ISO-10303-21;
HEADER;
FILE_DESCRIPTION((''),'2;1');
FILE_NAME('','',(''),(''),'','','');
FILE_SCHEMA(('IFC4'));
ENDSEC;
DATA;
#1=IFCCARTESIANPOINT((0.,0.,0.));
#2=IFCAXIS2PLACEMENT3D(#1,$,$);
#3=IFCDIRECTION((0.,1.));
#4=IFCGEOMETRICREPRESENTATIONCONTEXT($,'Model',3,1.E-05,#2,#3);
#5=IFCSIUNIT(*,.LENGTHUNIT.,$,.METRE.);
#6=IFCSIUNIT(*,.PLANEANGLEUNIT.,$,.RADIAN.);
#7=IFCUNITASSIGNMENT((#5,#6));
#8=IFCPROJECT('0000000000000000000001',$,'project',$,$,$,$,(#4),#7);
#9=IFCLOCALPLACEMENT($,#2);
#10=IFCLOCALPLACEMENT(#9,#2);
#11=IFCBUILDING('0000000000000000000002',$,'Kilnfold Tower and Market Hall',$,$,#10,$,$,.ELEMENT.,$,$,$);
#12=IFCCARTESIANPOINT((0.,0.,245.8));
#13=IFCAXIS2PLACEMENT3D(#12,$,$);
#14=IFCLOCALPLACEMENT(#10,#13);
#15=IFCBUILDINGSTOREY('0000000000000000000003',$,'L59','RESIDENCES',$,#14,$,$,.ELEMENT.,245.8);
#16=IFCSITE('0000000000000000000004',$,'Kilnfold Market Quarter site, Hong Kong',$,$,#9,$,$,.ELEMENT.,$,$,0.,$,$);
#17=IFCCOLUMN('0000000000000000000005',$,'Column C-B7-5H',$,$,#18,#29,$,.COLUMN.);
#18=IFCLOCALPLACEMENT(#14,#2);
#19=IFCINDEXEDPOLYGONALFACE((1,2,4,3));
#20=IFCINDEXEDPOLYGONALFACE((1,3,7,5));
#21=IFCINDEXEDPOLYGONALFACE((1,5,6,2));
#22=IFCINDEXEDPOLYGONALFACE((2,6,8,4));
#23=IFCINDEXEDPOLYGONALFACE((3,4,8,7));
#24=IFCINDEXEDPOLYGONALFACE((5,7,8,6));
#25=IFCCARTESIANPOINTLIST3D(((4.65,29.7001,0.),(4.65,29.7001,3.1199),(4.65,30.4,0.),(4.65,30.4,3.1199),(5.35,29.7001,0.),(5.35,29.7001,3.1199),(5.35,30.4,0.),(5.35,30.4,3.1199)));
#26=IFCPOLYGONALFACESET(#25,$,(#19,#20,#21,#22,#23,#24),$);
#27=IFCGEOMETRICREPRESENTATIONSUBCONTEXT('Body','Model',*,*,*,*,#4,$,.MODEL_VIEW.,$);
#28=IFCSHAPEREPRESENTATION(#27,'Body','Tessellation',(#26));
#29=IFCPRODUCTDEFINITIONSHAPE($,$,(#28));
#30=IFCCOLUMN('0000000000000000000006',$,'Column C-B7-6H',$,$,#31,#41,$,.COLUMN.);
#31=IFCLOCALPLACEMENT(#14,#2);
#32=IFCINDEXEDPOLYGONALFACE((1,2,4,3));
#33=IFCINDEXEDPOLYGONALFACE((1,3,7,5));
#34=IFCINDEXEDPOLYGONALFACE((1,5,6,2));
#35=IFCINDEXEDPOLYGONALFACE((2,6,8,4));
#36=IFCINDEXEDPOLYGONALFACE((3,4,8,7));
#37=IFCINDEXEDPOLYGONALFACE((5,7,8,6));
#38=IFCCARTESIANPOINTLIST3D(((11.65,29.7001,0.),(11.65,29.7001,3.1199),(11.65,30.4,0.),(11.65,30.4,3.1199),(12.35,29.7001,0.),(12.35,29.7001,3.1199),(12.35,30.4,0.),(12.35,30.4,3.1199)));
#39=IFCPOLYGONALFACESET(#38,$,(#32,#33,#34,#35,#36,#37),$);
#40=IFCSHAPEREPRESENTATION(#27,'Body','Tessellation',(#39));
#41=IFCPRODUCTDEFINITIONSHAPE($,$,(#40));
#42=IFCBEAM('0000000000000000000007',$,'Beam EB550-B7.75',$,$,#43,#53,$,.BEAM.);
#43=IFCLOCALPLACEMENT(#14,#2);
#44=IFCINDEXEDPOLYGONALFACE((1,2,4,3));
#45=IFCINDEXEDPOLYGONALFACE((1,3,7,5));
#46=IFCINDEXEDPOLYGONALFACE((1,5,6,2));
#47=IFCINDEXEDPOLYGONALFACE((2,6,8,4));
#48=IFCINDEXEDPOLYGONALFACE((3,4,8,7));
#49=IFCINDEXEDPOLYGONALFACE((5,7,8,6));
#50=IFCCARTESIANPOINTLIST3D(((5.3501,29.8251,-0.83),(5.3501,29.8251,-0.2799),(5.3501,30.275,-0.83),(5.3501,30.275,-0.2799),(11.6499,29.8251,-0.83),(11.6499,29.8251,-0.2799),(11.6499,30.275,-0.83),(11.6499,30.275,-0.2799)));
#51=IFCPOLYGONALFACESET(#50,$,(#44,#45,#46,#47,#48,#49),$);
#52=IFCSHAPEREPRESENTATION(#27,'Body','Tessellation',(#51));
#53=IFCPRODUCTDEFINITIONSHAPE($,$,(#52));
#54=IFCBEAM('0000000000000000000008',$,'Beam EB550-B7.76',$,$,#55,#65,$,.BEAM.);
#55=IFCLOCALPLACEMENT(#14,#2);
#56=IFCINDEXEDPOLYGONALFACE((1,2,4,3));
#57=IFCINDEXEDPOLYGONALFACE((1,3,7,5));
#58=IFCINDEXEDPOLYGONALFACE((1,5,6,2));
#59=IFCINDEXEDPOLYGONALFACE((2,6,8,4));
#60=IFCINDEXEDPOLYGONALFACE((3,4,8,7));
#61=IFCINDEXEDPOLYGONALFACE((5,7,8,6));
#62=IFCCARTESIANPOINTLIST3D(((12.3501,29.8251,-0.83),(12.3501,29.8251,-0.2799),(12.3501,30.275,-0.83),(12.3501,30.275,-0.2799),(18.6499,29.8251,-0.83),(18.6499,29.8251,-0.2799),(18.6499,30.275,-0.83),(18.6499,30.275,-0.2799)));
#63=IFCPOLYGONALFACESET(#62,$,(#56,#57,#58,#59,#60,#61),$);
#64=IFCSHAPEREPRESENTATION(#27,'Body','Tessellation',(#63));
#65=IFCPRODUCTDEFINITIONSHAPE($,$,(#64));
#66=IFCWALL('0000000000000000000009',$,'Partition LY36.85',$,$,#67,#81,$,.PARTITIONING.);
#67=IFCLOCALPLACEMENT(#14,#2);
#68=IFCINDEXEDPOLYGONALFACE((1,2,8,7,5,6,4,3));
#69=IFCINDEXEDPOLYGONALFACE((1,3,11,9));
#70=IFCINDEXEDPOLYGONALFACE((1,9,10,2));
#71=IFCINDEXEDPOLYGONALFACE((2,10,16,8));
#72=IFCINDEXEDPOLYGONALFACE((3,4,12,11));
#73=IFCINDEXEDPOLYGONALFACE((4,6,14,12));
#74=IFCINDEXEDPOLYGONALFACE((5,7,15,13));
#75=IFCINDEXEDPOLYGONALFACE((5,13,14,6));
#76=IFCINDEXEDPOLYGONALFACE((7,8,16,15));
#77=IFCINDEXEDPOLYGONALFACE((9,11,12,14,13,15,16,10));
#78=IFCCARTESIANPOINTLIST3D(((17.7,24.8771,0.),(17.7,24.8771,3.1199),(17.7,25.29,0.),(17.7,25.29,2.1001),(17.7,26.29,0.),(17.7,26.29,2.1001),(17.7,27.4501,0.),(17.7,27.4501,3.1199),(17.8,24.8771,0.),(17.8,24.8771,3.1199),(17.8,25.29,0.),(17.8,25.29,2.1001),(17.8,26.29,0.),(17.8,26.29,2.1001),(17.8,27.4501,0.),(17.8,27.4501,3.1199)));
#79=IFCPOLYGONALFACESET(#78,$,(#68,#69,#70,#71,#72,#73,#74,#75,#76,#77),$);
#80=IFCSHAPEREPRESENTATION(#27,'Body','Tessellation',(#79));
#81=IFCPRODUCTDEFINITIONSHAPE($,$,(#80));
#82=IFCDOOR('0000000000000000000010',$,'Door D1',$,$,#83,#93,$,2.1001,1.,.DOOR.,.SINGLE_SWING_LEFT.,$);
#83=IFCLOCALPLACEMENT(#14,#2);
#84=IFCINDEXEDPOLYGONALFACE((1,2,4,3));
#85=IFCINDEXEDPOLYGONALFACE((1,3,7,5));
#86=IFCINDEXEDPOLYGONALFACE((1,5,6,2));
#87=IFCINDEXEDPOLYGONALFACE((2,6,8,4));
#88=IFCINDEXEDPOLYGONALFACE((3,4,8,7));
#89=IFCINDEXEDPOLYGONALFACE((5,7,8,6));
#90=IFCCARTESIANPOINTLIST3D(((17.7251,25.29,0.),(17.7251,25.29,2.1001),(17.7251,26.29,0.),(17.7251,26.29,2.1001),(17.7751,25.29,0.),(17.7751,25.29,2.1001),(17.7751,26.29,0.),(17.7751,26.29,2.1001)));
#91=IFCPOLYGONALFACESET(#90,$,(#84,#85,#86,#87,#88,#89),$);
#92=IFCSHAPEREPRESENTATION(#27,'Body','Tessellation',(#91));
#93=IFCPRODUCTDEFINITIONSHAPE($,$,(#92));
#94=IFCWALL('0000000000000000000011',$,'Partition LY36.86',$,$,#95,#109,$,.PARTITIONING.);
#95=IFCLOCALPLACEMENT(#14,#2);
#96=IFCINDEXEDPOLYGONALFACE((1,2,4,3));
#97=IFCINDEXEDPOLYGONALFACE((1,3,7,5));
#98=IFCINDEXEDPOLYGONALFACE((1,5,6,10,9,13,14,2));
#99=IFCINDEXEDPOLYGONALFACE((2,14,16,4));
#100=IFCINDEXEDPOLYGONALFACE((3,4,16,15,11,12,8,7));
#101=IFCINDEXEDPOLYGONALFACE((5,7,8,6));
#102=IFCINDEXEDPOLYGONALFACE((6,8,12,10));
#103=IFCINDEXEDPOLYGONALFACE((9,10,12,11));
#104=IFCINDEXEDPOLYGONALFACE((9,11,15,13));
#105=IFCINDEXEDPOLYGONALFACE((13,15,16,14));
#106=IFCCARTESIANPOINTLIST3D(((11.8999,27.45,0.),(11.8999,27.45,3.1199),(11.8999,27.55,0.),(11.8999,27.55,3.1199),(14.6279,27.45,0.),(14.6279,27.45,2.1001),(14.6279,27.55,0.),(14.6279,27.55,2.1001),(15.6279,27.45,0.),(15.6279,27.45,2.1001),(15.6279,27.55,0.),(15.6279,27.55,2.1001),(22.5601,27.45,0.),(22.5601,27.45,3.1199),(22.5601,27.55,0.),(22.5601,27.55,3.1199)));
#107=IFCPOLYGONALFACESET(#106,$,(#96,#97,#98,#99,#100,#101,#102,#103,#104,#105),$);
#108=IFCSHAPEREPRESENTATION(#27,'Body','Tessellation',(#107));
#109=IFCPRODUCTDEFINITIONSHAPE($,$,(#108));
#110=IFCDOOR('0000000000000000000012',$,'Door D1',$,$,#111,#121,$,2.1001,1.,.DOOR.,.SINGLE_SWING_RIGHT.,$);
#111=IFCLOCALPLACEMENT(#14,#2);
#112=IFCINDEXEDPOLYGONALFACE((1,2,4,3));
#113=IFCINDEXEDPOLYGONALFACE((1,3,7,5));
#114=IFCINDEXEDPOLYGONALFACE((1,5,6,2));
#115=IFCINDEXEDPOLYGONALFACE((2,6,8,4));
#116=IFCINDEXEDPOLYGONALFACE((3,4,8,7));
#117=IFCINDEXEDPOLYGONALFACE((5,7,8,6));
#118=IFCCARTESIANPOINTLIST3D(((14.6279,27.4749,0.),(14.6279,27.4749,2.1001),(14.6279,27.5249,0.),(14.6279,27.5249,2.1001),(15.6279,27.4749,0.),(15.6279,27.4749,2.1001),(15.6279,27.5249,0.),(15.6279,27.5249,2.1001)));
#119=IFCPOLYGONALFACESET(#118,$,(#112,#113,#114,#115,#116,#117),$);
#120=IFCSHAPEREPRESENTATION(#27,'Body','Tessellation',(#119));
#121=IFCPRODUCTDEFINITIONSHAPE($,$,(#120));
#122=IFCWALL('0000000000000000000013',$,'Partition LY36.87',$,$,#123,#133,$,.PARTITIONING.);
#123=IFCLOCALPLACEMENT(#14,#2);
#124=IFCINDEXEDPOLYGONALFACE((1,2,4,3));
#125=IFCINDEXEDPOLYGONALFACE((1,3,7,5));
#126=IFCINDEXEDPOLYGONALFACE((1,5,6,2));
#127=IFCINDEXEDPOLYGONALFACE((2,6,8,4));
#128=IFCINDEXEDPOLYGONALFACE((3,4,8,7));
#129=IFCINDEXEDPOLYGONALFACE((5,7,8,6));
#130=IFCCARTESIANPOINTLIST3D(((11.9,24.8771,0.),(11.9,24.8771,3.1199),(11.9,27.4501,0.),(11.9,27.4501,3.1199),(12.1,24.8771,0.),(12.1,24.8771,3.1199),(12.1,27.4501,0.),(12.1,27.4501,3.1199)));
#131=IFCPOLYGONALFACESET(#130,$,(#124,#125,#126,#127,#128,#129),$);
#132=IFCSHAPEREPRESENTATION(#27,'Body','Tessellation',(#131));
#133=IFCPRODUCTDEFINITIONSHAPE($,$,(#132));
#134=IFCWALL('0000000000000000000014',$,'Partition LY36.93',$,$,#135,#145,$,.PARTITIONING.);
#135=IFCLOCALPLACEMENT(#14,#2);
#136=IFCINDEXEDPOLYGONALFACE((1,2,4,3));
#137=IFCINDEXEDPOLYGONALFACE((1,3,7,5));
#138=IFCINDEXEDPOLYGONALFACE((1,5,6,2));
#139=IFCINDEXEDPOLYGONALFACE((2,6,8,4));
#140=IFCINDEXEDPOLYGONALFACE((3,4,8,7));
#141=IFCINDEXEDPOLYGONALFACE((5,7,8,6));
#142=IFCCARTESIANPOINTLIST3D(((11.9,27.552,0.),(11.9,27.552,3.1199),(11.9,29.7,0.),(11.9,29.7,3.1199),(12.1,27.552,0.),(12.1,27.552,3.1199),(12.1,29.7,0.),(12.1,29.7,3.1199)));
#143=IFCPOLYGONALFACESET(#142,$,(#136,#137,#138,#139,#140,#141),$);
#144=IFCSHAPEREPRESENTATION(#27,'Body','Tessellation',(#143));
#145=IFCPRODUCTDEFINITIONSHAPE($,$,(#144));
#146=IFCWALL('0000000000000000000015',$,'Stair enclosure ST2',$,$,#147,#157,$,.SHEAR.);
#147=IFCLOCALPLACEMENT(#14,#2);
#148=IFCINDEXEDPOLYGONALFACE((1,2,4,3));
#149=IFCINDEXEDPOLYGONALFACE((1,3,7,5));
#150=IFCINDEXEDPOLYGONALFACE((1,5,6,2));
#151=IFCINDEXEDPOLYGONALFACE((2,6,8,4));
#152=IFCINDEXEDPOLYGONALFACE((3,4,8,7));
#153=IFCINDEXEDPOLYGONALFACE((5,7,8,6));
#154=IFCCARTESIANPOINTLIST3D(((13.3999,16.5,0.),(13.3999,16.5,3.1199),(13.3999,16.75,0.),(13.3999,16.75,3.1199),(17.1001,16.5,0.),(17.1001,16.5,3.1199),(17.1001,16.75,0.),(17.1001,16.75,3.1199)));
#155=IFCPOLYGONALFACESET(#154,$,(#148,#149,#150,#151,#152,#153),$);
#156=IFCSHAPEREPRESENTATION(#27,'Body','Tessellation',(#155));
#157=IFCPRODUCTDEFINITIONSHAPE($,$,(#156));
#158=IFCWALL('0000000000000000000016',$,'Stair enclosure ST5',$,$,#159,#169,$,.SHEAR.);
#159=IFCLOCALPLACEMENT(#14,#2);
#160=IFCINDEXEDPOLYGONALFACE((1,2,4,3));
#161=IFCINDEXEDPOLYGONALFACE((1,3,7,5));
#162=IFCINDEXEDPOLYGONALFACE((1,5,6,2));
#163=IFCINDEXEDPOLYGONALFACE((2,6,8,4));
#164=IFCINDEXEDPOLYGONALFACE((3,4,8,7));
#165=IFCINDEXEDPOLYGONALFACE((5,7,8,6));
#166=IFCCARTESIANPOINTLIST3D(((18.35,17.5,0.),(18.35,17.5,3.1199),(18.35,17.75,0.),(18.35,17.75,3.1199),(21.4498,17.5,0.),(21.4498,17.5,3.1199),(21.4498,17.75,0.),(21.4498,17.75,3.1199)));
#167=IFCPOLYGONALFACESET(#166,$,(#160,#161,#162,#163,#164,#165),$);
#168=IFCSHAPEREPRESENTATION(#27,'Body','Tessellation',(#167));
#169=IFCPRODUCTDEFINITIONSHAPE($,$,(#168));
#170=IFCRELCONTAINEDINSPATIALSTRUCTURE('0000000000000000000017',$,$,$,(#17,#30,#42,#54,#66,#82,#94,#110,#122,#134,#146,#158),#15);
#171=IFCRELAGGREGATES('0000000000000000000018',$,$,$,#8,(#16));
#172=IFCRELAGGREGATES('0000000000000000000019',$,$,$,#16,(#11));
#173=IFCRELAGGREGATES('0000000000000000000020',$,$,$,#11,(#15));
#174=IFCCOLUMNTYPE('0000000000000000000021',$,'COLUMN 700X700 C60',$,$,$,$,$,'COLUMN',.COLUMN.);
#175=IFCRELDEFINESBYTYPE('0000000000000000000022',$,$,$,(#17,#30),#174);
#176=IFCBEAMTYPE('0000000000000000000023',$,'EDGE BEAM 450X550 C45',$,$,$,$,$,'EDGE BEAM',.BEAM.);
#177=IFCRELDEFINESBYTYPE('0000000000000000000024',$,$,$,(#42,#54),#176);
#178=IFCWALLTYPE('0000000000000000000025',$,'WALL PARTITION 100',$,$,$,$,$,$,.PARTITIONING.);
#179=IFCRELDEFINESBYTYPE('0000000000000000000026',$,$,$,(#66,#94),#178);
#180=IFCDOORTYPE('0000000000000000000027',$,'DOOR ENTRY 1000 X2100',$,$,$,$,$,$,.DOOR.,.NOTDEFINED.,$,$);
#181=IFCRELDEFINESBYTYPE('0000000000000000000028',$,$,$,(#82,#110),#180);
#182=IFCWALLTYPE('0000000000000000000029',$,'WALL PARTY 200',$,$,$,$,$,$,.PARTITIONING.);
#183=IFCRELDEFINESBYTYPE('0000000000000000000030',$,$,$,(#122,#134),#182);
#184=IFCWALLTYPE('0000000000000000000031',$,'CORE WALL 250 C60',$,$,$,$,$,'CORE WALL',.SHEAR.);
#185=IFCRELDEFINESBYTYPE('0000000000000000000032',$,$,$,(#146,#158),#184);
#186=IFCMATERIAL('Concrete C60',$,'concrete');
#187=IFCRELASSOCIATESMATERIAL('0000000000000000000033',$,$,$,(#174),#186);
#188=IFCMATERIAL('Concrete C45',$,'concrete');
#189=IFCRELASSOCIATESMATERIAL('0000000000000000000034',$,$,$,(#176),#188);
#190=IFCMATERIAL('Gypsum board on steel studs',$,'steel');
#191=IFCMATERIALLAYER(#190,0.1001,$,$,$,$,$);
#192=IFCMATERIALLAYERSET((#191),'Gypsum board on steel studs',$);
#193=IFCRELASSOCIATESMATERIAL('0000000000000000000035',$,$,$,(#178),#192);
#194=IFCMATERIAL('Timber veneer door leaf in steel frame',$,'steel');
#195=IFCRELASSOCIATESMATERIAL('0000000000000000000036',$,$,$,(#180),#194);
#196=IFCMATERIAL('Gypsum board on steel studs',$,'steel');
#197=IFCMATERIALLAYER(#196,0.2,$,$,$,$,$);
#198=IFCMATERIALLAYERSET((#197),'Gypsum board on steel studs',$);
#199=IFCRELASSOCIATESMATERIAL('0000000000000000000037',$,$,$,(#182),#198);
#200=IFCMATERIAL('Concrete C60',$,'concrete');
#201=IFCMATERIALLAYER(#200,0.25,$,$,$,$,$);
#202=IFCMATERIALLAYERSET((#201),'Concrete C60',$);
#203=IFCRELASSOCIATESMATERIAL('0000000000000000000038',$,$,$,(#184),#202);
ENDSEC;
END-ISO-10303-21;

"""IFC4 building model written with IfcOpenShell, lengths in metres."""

from ifc_helpers import new_model, si_unit, direction, frame, frame_2d, origin, origin_2d, place, context, subcontext, project, spatial, rectangle, extrude, source, transform, mapped, material, layer, layer_set, material_profile, profile_set, type_object, element, fill, save


model = new_model("IFC4")

# Units and contexts
model_context = context("Model", 3, precision=1e-05, world=origin(), true_north=direction((0.0, 1.0)))
body_context = subcontext(model_context, "Body", "Model", "MODEL_VIEW")
ifc_project = project(units=[si_unit("LENGTHUNIT", "METRE"), si_unit("PLANEANGLEUNIT", "RADIAN")], contexts=[model_context])

# Site, building, storey
site_placement = place(None, origin())
site = spatial("IfcSite", under=ifc_project, at=site_placement, Name="Kilnfold Market Quarter site, Hong Kong", CompositionType="ELEMENT", RefElevation=0.0)
building_placement = place(site_placement, origin())
building = spatial("IfcBuilding", under=site, at=building_placement, Name="Kilnfold Tower and Market Hall", CompositionType="ELEMENT")
storey_placement = place(building_placement, frame((0.0, 0.0, 245.8)))
storey = spatial("IfcBuildingStorey", under=building, at=storey_placement, Name="L59", Description="RESIDENCES", CompositionType="ELEMENT", Elevation=245.8)

# Columns
ifc_material_1 = material(Name="Concrete C60", Category="concrete")
ifc_material_profile_1 = material_profile(ifc_material_1, rectangle(XDim=0.7, YDim=0.7, at=origin_2d()), Name="RC 700x700")
ifc_profile_set_1 = profile_set([ifc_material_profile_1], Name="Concrete C60")
column_type = type_object("IfcColumnType", Name="COLUMN 700X700 C60", ElementType="COLUMN", PredefinedType="COLUMN", material=ifc_profile_set_1)
shared_shape_1 = source(origin(), body_context, "Body", "SweptSolid", [
    extrude(rectangle(XDim=0.7, YDim=0.7, at=origin_2d()), origin(), (0.0, 0.0, 1.0), 3.1199),
])
for number, where, z_axis, x_axis, name in (
    (1, (5.0, 30.05, 0.0), (0.0, 0.0, 1.0), (1.0, 0.0, 0.0), "Column C-B7-5H"),
    (2, (12.0, 30.05, 0.0), (0.0, 0.0, 1.0), (1.0, 0.0, 0.0), "Column C-B7-6H"),
):
    element("IfcColumn", number, at=place(storey_placement, frame(where, z_axis=z_axis, x_axis=x_axis)), inside=storey, type_object=column_type, Name=name, PredefinedType="COLUMN", context=body_context, shape_type="MappedRepresentation", body=[
        mapped(shared_shape_1, transform((0.0, 0.0, 0.0))),
    ])

# Beams
ifc_material_2 = material(Name="Concrete C45", Category="concrete")
ifc_material_profile_2 = material_profile(ifc_material_2, rectangle(XDim=0.45, YDim=0.55, at=origin_2d()), Name="RC 450x550")
ifc_profile_set_2 = profile_set([ifc_material_profile_2], Name="Concrete C45")
beam_type = type_object("IfcBeamType", Name="EDGE BEAM 450X550 C45", ElementType="EDGE BEAM", PredefinedType="BEAM", material=ifc_profile_set_2)
shared_shape_2 = source(origin(), body_context, "Body", "SweptSolid", [
    extrude(rectangle(XDim=0.45, YDim=0.55, at=origin_2d()), origin(), (0.0, 0.0, 1.0), 6.2998),
])
for number, where, z_axis, x_axis, name in (
    (3, (5.3501, 30.05, -0.5549), (1.0, 0.0, 0.0), (0.0, 1.0, 0.0), "Beam EB550-B7.75"),
    (4, (12.3501, 30.05, -0.5549), (1.0, 0.0, 0.0), (0.0, 1.0, 0.0), "Beam EB550-B7.76"),
):
    element("IfcBeam", number, at=place(storey_placement, frame(where, z_axis=z_axis, x_axis=x_axis)), inside=storey, type_object=beam_type, Name=name, PredefinedType="BEAM", context=body_context, shape_type="MappedRepresentation", body=[
        mapped(shared_shape_2, transform((0.0, 0.0, 0.0))),
    ])

# Walls, openings, doors
ifc_material_3 = material(Name="Gypsum board on steel studs", Category="steel")
ifc_layer_1 = layer(ifc_material_3, 0.1001)
ifc_layer_set_1 = layer_set([ifc_layer_1], Name="Gypsum board on steel studs")
wall_type_1 = type_object("IfcWallType", Name="WALL PARTITION 100", PredefinedType="PARTITIONING", material=ifc_layer_set_1)
wall_1_placement = place(storey_placement, frame((17.75, 24.877, 0.0), z_axis=(0.0, 0.0, 1.0), x_axis=(0.0, 1.0, 0.0)))
wall_1 = element("IfcWall", 5, at=wall_1_placement, inside=storey, type_object=wall_type_1, Name="Partition LY36.85", PredefinedType="PARTITIONING", context=body_context, shape_type="SweptSolid", body=[
    extrude(rectangle(XDim=2.573, YDim=0.1001, at=frame_2d((1.2866, 0.0))), origin(), (0.0, 0.0, 1.0), 3.1199),
])
opening_1_placement = place(wall_1_placement, frame((0.4131, 0.0, 0.0)))
opening_1 = element("IfcOpeningElement", 6, at=opening_1_placement, cuts=wall_1, PredefinedType="OPENING", context=body_context, shape_type="SweptSolid", body=[
    extrude(rectangle(XDim=1.0, YDim=2.1001, at=frame_2d((0.5, 1.05))), frame((0.0, 0.0601, 0.0), z_axis=(0.0, -1.0, 0.0), x_axis=(1.0, 0.0, 0.0)), (0.0, 0.0, 1.0), 0.1201),
])
ifc_material_4 = material(Name="Timber veneer door leaf in steel frame", Category="steel")
door_type_1 = type_object("IfcDoorType", Name="DOOR ENTRY 1000 X2100", OperationType="NOTDEFINED", PredefinedType="DOOR", material=ifc_material_4)
door_1_placement = place(opening_1_placement, origin())
door_1 = element("IfcDoor", 7, at=door_1_placement, inside=storey, type_object=door_type_1, Name="Door D1", OperationType="SINGLE_SWING_LEFT", OverallHeight=2.1001, OverallWidth=1.0, PredefinedType="DOOR", context=body_context, shape_type="SweptSolid", body=[
    extrude(rectangle(XDim=1.0, YDim=2.1001, at=frame_2d((0.5, 1.05))), frame((0.0, 0.0249, 0.0), z_axis=(0.0, -1.0, 0.0), x_axis=(1.0, 0.0, 0.0)), (0.0, 0.0, 1.0), 0.05),
])
fill(opening_1, door_1)
wall_2_placement = place(storey_placement, frame((11.8999, 27.5, 0.0), z_axis=(0.0, 0.0, 1.0), x_axis=(1.0, 0.0, 0.0)))
wall_2 = element("IfcWall", 8, at=wall_2_placement, inside=storey, type_object=wall_type_1, Name="Partition LY36.86", PredefinedType="PARTITIONING", context=body_context, shape_type="SweptSolid", body=[
    extrude(rectangle(XDim=10.6602, YDim=0.1001, at=frame_2d((5.3301, 0.0))), origin(), (0.0, 0.0, 1.0), 3.1199),
])
opening_2_placement = place(wall_2_placement, frame((2.728, 0.0, 0.0)))
opening_2 = element("IfcOpeningElement", 9, at=opening_2_placement, cuts=wall_2, PredefinedType="OPENING", context=body_context, shape_type="SweptSolid", body=[
    extrude(rectangle(XDim=1.0, YDim=2.1001, at=frame_2d((0.5, 1.05))), frame((0.0, 0.0601, 0.0), z_axis=(0.0, -1.0, 0.0), x_axis=(1.0, 0.0, 0.0)), (0.0, 0.0, 1.0), 0.1201),
])
door_2_placement = place(opening_2_placement, origin())
door_2 = element("IfcDoor", 10, at=door_2_placement, inside=storey, type_object=door_type_1, Name="Door D1", OperationType="SINGLE_SWING_RIGHT", OverallHeight=2.1001, OverallWidth=1.0, PredefinedType="DOOR", context=body_context, shape_type="SweptSolid", body=[
    extrude(rectangle(XDim=1.0, YDim=2.1001, at=frame_2d((0.5, 1.05))), frame((0.0, 0.0249, 0.0), z_axis=(0.0, -1.0, 0.0), x_axis=(1.0, 0.0, 0.0)), (0.0, 0.0, 1.0), 0.05),
])
fill(opening_2, door_2)

# Walls
ifc_material_5 = material(Name="Gypsum board on steel studs", Category="steel")
ifc_layer_2 = layer(ifc_material_5, 0.2)
ifc_layer_set_2 = layer_set([ifc_layer_2], Name="Gypsum board on steel studs")
wall_type_2 = type_object("IfcWallType", Name="WALL PARTY 200", PredefinedType="PARTITIONING", material=ifc_layer_set_2)
wall_3_placement = place(storey_placement, frame((12.0, 24.877, 0.0), z_axis=(0.0, 0.0, 1.0), x_axis=(0.0, 1.0, 0.0)))
element("IfcWall", 11, at=wall_3_placement, inside=storey, type_object=wall_type_2, Name="Partition LY36.87", PredefinedType="PARTITIONING", context=body_context, shape_type="SweptSolid", body=[
    extrude(rectangle(XDim=2.573, YDim=0.2, at=frame_2d((1.2866, 0.0))), origin(), (0.0, 0.0, 1.0), 3.1199),
])
wall_4_placement = place(storey_placement, frame((12.0, 27.552, 0.0), z_axis=(0.0, 0.0, 1.0), x_axis=(0.0, 1.0, 0.0)))
element("IfcWall", 12, at=wall_4_placement, inside=storey, type_object=wall_type_2, Name="Partition LY36.93", PredefinedType="PARTITIONING", context=body_context, shape_type="SweptSolid", body=[
    extrude(rectangle(XDim=2.1479, YDim=0.2, at=frame_2d((1.074, 0.0))), origin(), (0.0, 0.0, 1.0), 3.1199),
])
ifc_material_6 = material(Name="Concrete C60", Category="concrete")
ifc_layer_3 = layer(ifc_material_6, 0.25)
ifc_layer_set_3 = layer_set([ifc_layer_3], Name="Concrete C60")
wall_type_3 = type_object("IfcWallType", Name="CORE WALL 250 C60", ElementType="CORE WALL", PredefinedType="SHEAR", material=ifc_layer_set_3)
shared_shape_3 = source(origin(), body_context, "Body", "SweptSolid", [
    extrude(rectangle(XDim=3.7002, YDim=0.25, at=frame_2d((1.8501, 0.0))), origin(), (0.0, 0.0, 1.0), 3.1199),
])
wall_5_placement = place(storey_placement, frame((13.3999, 16.625, 0.0), z_axis=(0.0, 0.0, 1.0), x_axis=(1.0, 0.0, 0.0)))
element("IfcWall", 13, at=wall_5_placement, inside=storey, type_object=wall_type_3, Name="Stair enclosure ST2", PredefinedType="SHEAR", context=body_context, shape_type="MappedRepresentation", body=[
    mapped(shared_shape_3, transform((0.0, 0.0, 0.0))),
])
shared_shape_4 = source(origin(), body_context, "Body", "SweptSolid", [
    extrude(rectangle(XDim=3.0999, YDim=0.25, at=frame_2d((1.5498, 0.0))), origin(), (0.0, 0.0, 1.0), 3.1199),
])
wall_6_placement = place(storey_placement, frame((18.3501, 17.625, 0.0), z_axis=(0.0, 0.0, 1.0), x_axis=(1.0, 0.0, 0.0)))
element("IfcWall", 14, at=wall_6_placement, inside=storey, type_object=wall_type_3, Name="Stair enclosure ST5", PredefinedType="SHEAR", context=body_context, shape_type="MappedRepresentation", body=[
    mapped(shared_shape_4, transform((0.0, 0.0, 0.0))),
])

save(model, "model.ifc")
